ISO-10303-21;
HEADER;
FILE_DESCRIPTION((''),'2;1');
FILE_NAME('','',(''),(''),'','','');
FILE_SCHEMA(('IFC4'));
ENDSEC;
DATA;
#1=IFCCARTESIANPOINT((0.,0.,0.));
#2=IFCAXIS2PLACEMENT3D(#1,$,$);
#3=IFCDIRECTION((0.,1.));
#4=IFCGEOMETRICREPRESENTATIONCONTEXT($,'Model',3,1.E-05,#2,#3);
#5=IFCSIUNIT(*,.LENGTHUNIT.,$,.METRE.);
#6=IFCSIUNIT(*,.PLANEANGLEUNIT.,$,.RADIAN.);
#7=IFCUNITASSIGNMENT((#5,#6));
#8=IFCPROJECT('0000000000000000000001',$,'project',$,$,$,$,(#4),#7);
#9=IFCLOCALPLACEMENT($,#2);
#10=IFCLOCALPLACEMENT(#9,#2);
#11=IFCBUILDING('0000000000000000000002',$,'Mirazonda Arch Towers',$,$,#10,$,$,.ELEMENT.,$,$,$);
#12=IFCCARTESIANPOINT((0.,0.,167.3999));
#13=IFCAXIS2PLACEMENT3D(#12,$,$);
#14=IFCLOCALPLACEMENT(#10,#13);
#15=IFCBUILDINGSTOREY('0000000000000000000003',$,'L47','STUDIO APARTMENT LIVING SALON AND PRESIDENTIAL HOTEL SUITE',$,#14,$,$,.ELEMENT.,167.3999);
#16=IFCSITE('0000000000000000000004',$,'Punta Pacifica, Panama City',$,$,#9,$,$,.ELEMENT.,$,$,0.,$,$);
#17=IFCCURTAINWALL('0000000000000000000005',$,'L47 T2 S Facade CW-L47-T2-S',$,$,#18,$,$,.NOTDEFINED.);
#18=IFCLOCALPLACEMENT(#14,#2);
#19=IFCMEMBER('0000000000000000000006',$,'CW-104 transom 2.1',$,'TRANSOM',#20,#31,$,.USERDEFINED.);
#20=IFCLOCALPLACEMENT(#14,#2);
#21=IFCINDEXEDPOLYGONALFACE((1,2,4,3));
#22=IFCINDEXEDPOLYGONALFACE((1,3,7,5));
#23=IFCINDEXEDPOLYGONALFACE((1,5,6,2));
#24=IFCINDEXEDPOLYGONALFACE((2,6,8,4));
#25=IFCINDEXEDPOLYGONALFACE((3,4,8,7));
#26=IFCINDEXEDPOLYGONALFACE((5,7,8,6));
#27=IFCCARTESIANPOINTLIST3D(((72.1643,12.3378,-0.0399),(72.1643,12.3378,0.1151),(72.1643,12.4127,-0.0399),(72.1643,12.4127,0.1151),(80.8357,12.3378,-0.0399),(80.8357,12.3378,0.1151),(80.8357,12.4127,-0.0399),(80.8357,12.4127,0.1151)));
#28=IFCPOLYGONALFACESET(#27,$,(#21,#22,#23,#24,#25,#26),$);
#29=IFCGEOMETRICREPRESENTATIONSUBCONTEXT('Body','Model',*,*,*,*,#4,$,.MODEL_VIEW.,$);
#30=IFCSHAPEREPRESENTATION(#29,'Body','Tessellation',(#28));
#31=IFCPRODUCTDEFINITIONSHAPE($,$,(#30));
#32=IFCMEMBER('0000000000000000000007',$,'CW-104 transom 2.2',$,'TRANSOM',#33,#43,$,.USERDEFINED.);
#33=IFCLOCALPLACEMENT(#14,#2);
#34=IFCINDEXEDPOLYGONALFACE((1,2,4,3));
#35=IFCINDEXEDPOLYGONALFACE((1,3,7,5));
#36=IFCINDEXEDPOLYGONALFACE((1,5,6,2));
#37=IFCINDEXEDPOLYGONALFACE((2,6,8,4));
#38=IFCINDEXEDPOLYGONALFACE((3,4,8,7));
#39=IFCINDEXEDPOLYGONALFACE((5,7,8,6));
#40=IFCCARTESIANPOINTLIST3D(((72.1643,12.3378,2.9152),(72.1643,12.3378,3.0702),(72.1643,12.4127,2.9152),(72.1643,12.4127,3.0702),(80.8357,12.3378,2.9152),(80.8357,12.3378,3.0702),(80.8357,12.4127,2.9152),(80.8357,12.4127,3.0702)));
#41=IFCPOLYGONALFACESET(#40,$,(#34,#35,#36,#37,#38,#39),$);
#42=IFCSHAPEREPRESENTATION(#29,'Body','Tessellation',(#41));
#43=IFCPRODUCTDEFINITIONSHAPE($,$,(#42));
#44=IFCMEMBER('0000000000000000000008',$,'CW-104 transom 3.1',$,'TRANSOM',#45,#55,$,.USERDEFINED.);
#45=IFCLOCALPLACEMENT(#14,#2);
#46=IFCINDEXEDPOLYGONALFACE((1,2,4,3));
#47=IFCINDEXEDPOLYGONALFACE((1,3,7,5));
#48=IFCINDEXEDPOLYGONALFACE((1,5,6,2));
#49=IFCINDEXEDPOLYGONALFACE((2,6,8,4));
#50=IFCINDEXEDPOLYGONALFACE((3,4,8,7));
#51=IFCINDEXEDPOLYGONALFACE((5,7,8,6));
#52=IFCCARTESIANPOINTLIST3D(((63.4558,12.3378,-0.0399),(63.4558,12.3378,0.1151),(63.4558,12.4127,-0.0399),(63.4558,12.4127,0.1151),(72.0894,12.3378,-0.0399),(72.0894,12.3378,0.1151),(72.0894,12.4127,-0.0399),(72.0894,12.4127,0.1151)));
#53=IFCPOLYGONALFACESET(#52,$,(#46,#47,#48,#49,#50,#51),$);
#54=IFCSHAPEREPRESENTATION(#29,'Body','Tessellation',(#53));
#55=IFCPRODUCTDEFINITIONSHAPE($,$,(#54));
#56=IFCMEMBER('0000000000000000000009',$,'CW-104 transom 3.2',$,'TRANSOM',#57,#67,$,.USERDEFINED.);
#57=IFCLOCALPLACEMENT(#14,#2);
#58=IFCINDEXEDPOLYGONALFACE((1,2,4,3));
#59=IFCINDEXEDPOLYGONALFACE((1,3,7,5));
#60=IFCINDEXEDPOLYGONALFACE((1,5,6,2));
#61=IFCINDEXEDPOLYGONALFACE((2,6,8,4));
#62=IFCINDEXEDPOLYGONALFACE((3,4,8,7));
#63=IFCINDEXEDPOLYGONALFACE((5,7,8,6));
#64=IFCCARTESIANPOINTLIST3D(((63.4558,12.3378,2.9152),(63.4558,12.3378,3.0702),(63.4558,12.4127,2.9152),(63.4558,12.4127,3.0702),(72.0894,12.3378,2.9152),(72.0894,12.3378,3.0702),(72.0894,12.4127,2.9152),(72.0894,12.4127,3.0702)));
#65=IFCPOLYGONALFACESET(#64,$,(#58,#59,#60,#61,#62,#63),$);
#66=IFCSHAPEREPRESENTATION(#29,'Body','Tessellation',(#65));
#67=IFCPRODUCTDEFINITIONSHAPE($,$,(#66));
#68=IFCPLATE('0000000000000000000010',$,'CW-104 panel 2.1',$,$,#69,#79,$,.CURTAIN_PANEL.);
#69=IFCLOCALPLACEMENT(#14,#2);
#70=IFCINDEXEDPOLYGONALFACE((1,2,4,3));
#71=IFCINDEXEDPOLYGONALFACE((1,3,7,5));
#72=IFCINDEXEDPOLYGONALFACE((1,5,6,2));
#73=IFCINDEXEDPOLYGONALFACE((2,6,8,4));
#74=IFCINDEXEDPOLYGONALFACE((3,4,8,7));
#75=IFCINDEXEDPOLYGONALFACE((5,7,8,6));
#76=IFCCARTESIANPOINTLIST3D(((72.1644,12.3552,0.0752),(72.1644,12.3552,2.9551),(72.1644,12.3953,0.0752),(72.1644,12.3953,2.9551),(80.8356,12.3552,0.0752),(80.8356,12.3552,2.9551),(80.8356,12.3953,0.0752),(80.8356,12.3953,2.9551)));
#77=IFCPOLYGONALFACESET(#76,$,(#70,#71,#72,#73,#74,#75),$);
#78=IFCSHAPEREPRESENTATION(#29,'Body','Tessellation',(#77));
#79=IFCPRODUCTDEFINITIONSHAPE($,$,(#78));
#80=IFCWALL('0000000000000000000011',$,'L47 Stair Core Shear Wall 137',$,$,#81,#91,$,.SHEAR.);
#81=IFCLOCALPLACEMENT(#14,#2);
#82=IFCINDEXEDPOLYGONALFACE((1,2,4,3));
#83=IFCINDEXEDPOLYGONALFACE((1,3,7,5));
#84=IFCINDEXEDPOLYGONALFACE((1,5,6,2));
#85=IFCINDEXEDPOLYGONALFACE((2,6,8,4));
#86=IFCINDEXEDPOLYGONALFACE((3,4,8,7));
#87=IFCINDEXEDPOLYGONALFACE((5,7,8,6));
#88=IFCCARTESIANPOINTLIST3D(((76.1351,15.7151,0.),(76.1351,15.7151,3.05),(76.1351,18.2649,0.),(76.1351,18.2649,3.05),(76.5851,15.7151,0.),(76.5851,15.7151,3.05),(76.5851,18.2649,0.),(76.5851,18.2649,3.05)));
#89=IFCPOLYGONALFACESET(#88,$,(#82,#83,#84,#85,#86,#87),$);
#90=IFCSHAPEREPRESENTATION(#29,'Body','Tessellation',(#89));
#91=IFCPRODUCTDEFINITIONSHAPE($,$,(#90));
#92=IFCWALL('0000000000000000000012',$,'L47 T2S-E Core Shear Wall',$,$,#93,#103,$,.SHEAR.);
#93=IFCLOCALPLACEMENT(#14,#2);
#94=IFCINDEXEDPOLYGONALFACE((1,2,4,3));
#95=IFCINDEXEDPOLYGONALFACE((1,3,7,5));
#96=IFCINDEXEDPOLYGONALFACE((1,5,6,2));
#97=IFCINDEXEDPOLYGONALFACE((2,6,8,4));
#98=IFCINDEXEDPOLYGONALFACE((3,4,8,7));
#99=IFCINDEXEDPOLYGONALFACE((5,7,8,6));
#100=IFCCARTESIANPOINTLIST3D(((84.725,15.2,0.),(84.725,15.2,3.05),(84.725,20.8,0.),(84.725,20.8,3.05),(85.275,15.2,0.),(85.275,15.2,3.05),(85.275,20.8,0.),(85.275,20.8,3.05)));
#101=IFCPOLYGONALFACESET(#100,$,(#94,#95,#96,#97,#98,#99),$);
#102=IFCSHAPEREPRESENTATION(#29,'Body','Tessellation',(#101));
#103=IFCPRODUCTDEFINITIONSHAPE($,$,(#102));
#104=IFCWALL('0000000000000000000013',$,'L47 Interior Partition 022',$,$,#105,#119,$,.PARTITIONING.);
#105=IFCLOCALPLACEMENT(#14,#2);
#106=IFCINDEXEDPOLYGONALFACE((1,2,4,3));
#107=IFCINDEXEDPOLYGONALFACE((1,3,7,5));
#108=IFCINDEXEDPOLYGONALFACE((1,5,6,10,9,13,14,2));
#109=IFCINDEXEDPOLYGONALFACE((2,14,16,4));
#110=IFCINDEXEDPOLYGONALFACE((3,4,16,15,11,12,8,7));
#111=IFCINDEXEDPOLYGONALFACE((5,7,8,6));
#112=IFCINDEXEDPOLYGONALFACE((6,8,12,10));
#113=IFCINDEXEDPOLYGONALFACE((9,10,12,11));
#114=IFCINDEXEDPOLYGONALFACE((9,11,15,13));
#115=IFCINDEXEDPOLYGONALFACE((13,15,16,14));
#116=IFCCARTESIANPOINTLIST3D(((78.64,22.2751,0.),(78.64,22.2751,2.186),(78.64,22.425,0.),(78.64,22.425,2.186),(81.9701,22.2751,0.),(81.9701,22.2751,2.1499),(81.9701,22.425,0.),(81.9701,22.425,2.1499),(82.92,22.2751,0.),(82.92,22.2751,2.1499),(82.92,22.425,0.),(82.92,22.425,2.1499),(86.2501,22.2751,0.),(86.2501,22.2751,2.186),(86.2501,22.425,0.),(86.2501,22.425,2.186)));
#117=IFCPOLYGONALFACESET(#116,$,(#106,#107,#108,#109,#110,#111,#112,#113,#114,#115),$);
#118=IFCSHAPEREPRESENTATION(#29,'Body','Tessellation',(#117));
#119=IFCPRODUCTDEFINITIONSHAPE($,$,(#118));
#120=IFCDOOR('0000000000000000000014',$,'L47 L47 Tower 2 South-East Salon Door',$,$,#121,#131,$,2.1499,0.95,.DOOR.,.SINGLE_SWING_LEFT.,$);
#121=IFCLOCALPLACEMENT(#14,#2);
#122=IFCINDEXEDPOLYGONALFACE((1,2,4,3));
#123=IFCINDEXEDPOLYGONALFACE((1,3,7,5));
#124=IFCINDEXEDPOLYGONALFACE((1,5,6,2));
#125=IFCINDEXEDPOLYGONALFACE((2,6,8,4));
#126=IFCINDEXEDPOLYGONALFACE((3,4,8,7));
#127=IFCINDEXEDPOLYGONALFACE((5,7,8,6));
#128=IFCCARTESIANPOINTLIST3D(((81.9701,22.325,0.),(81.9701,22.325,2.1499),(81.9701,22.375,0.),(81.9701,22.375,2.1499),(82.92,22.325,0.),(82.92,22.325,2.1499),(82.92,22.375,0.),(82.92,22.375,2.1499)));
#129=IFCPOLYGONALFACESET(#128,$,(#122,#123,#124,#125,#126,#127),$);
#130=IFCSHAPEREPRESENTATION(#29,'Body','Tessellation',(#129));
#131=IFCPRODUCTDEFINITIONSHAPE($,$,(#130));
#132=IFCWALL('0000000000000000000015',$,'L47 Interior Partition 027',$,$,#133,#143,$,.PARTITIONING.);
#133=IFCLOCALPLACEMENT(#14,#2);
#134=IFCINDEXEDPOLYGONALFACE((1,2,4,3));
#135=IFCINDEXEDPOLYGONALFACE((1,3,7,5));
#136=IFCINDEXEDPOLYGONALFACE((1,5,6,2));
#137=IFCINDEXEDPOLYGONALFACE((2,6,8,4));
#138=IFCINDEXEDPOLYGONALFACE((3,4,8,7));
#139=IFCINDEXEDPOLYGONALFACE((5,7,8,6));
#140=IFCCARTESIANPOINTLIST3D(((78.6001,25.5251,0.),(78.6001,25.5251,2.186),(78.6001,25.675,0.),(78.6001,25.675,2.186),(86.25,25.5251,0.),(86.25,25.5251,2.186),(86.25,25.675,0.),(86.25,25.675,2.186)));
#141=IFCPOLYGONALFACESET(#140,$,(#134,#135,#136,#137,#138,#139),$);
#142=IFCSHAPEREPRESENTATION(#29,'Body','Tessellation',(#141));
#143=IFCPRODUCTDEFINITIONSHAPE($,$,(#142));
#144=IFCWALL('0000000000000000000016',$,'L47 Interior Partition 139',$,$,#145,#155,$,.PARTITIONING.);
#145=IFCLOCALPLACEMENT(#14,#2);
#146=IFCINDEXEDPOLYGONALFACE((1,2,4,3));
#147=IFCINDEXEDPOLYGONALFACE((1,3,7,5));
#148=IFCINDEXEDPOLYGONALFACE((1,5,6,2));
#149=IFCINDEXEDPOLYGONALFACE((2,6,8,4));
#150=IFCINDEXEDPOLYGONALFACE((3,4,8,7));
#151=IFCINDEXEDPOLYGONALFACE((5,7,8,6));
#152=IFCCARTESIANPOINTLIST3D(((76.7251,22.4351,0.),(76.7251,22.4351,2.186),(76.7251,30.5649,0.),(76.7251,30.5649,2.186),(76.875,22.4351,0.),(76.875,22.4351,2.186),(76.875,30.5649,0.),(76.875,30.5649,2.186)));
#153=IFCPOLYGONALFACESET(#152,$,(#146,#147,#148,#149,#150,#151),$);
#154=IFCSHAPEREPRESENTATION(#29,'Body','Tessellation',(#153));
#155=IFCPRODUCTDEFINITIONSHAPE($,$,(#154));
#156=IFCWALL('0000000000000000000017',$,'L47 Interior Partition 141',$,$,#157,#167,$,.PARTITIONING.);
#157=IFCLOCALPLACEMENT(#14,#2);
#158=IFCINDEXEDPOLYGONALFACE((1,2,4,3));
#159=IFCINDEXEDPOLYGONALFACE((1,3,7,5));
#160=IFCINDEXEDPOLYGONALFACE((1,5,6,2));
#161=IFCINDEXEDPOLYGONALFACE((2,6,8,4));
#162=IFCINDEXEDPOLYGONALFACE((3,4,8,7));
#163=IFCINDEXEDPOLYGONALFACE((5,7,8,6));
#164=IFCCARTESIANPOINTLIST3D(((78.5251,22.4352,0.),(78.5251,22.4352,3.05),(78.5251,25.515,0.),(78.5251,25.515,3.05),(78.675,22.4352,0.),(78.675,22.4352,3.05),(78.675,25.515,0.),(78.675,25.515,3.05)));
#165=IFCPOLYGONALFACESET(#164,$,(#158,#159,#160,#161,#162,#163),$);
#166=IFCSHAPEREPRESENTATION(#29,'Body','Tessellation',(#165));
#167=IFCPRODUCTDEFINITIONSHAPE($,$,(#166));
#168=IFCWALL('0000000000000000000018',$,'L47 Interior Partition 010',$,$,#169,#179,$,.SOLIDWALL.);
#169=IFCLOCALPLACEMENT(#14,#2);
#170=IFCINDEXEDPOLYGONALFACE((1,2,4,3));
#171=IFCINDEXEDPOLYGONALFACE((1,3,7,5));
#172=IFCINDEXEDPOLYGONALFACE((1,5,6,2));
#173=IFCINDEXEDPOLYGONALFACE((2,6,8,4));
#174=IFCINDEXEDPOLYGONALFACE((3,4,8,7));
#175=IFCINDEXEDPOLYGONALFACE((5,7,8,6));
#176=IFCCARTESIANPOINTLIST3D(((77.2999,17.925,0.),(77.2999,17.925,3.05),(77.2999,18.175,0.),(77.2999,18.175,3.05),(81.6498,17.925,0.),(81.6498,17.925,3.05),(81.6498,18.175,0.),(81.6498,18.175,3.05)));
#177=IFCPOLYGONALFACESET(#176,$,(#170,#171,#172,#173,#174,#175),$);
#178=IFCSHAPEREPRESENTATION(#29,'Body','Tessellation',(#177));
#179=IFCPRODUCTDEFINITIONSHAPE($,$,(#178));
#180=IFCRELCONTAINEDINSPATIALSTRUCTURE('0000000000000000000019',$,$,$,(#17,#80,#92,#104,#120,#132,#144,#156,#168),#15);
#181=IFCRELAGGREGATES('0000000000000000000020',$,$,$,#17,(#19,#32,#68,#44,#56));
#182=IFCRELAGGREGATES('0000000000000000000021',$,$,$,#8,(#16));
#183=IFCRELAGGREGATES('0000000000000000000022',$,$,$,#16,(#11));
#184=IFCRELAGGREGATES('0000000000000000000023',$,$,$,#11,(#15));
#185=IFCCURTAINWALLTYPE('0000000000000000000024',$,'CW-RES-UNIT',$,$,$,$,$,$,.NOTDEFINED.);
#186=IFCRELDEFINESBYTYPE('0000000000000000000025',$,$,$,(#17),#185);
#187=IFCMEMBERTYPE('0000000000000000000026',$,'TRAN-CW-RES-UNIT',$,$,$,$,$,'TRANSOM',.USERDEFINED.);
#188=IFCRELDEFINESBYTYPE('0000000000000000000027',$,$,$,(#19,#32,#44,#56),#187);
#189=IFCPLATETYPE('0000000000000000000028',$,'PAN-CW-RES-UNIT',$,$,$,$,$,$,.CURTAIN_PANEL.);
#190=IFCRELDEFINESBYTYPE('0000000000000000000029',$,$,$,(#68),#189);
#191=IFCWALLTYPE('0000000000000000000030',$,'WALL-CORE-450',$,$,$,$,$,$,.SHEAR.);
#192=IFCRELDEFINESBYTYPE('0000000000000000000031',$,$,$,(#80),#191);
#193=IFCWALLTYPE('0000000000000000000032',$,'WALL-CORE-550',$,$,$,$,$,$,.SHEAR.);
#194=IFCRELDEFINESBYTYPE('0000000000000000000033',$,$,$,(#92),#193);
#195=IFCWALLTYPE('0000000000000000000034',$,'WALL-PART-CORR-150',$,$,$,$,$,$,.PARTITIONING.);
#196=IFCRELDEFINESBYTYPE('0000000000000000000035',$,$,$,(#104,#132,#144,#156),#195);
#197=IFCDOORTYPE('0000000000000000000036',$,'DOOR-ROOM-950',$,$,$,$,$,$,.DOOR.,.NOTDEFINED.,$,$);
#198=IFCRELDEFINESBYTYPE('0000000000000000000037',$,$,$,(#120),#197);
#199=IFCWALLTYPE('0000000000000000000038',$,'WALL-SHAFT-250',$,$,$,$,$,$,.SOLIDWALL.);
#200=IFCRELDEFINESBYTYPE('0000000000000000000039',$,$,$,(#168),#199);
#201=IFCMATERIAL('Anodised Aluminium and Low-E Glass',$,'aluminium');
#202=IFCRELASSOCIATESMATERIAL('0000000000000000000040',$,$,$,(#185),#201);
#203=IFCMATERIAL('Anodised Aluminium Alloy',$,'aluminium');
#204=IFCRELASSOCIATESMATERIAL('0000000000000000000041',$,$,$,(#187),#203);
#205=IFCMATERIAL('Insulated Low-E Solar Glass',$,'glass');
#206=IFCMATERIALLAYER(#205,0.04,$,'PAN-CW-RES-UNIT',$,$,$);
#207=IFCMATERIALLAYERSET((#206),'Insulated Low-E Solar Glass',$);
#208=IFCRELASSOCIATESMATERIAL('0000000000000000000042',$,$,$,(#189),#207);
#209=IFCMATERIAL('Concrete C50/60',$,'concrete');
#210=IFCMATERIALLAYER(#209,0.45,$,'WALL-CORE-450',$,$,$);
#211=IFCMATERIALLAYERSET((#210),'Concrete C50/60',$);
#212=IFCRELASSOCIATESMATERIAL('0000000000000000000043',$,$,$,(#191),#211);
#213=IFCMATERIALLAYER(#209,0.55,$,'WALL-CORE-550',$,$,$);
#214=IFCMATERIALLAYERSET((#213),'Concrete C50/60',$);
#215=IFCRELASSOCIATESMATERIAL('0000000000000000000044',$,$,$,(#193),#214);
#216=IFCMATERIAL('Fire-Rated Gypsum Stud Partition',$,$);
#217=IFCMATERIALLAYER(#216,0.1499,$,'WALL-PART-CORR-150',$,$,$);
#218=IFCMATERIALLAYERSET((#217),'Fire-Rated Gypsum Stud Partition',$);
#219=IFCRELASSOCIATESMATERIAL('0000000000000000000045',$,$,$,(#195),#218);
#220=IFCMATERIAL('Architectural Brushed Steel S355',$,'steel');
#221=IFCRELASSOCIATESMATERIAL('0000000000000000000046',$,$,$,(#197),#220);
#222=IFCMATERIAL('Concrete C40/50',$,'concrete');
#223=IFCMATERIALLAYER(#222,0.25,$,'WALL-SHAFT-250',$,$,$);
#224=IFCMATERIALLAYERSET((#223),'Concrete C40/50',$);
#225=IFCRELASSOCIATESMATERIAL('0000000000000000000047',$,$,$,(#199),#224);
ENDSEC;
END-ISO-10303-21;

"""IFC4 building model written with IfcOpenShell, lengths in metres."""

from ifc_helpers import new_model, si_unit, direction, frame, frame_2d, origin, origin_2d, place, context, subcontext, project, spatial, rectangle, extrude, material, layer, layer_set, material_profile, profile_set, type_object, element, fill, aggregate, save


model = new_model("IFC4")

# Units and contexts
model_context = context("Model", 3, precision=1e-05, world=origin(), true_north=direction((0.0, 1.0)))
body_context = subcontext(model_context, "Body", "Model", "MODEL_VIEW")
ifc_project = project(units=[si_unit("LENGTHUNIT", "METRE"), si_unit("PLANEANGLEUNIT", "RADIAN")], contexts=[model_context])

# Site, building, storey
site_placement = place(None, origin())
site = spatial("IfcSite", under=ifc_project, at=site_placement, Name="Punta Pacifica, Panama City", CompositionType="ELEMENT", RefElevation=0.0)
building_placement = place(site_placement, origin())
building = spatial("IfcBuilding", under=site, at=building_placement, Name="Mirazonda Arch Towers", CompositionType="ELEMENT")
storey_placement = place(building_placement, frame((0.0, 0.0, 167.3999)))
storey = spatial("IfcBuildingStorey", under=building, at=storey_placement, Name="L47", Description="STUDIO APARTMENT LIVING SALON AND PRESIDENTIAL HOTEL SUITE", CompositionType="ELEMENT", Elevation=167.3999)

# Shared definitions
ifc_material_1 = material(Name="Concrete C50/60", Category="concrete")

# Curtain wall, members, plate
ifc_material_2 = material(Name="Anodised Aluminium and Low-E Glass", Category="aluminium")
curtain_wall_type = type_object("IfcCurtainWallType", Name="CW-RES-UNIT", PredefinedType="NOTDEFINED", material=ifc_material_2)
curtain_wall_placement = place(storey_placement, origin())
curtain_wall = element("IfcCurtainWall", 1, at=curtain_wall_placement, inside=storey, type_object=curtain_wall_type, Name="L47 T2 S Facade CW-L47-T2-S", PredefinedType="NOTDEFINED")
ifc_material_3 = material(Name="Anodised Aluminium Alloy", Category="aluminium")
ifc_material_profile_1 = material_profile(ifc_material_3, rectangle(XDim=0.075, YDim=0.155, at=origin_2d()), Name="ALU-TRAN-75x155")
ifc_profile_set_1 = profile_set([ifc_material_profile_1], Name="Anodised Aluminium Alloy")
member_type_1 = type_object("IfcMemberType", Name="TRAN-CW-RES-UNIT", ElementType="TRANSOM", PredefinedType="USERDEFINED", material=ifc_profile_set_1)
member_1_placement = place(storey_placement, frame((80.8357, 12.3752, 0.0376), z_axis=(-1.0, 0.0, 0.0), x_axis=(0.0, -1.0, 0.0)))
member_1 = element("IfcMember", 2, at=member_1_placement, type_object=member_type_1, Name="CW-104 transom 2.1", ObjectType="TRANSOM", PredefinedType="USERDEFINED", context=body_context, shape_type="SweptSolid", body=[
    extrude(rectangle(XDim=0.075, YDim=0.155, at=origin_2d()), origin(), (0.0, 0.0, 1.0), 8.6714),
])
member_2_placement = place(storey_placement, frame((80.8357, 12.3752, 2.9927), z_axis=(-1.0, 0.0, 0.0), x_axis=(0.0, -1.0, 0.0)))
member_2 = element("IfcMember", 3, at=member_2_placement, type_object=member_type_1, Name="CW-104 transom 2.2", ObjectType="TRANSOM", PredefinedType="USERDEFINED", context=body_context, shape_type="SweptSolid", body=[
    extrude(rectangle(XDim=0.075, YDim=0.155, at=origin_2d()), origin(), (0.0, 0.0, 1.0), 8.6714),
])
member_3_placement = place(storey_placement, frame((72.0894, 12.3752, 0.0376), z_axis=(-1.0, 0.0, 0.0), x_axis=(0.0, -1.0, 0.0)))
member_3 = element("IfcMember", 4, at=member_3_placement, type_object=member_type_1, Name="CW-104 transom 3.1", ObjectType="TRANSOM", PredefinedType="USERDEFINED", context=body_context, shape_type="SweptSolid", body=[
    extrude(rectangle(XDim=0.075, YDim=0.155, at=origin_2d()), origin(), (0.0, 0.0, 1.0), 8.6335),
])
member_4_placement = place(storey_placement, frame((72.0894, 12.3752, 2.9927), z_axis=(-1.0, 0.0, 0.0), x_axis=(0.0, -1.0, 0.0)))
member_4 = element("IfcMember", 5, at=member_4_placement, type_object=member_type_1, Name="CW-104 transom 3.2", ObjectType="TRANSOM", PredefinedType="USERDEFINED", context=body_context, shape_type="SweptSolid", body=[
    extrude(rectangle(XDim=0.075, YDim=0.155, at=origin_2d()), origin(), (0.0, 0.0, 1.0), 8.6335),
])
ifc_material_4 = material(Name="Insulated Low-E Solar Glass", Category="glass")
ifc_layer_1 = layer(ifc_material_4, 0.04, Name="PAN-CW-RES-UNIT")
ifc_layer_set_1 = layer_set([ifc_layer_1], Name="Insulated Low-E Solar Glass")
plate_type = type_object("IfcPlateType", Name="PAN-CW-RES-UNIT", PredefinedType="CURTAIN_PANEL", material=ifc_layer_set_1)
plate_placement = place(storey_placement, frame((76.5, 12.3752, 0.0752), z_axis=(0.0, 0.0, 1.0), x_axis=(-1.0, 0.0, 0.0)))
plate = element("IfcPlate", 6, at=plate_placement, type_object=plate_type, Name="CW-104 panel 2.1", PredefinedType="CURTAIN_PANEL", context=body_context, shape_type="SweptSolid", body=[
    extrude(rectangle(XDim=8.6711, YDim=0.04, at=origin_2d()), origin(), (0.0, 0.0, 1.0), 2.8799),
])
aggregate(curtain_wall, [member_1, member_2, plate, member_3, member_4])

# Walls
ifc_layer_2 = layer(ifc_material_1, 0.45, Name="WALL-CORE-450")
ifc_layer_set_2 = layer_set([ifc_layer_2], Name="Concrete C50/60")
wall_type_1 = type_object("IfcWallType", Name="WALL-CORE-450", PredefinedType="SHEAR", material=ifc_layer_set_2)
wall_1_placement = place(storey_placement, frame((76.3601, 15.7151, 0.0), z_axis=(0.0, 0.0, 1.0), x_axis=(0.0, 1.0, 0.0)))
element("IfcWall", 7, at=wall_1_placement, inside=storey, type_object=wall_type_1, Name="L47 Stair Core Shear Wall 137", PredefinedType="SHEAR", context=body_context, shape_type="SweptSolid", body=[
    extrude(rectangle(XDim=2.5498, YDim=0.45, at=frame_2d((1.2749, 0.0))), origin(), (0.0, 0.0, 1.0), 3.05),
])
ifc_layer_3 = layer(ifc_material_1, 0.55, Name="WALL-CORE-550")
ifc_layer_set_3 = layer_set([ifc_layer_3], Name="Concrete C50/60")
wall_type_2 = type_object("IfcWallType", Name="WALL-CORE-550", PredefinedType="SHEAR", material=ifc_layer_set_3)
wall_2_placement = place(storey_placement, frame((85.0, 15.2, 0.0), z_axis=(0.0, 0.0, 1.0), x_axis=(0.0, 1.0, 0.0)))
element("IfcWall", 8, at=wall_2_placement, inside=storey, type_object=wall_type_2, Name="L47 T2S-E Core Shear Wall", PredefinedType="SHEAR", context=body_context, shape_type="SweptSolid", body=[
    extrude(rectangle(XDim=5.6001, YDim=0.55, at=frame_2d((2.8, 0.0))), origin(), (0.0, 0.0, 1.0), 3.05),
])

# Wall, opening, door
ifc_material_5 = material(Name="Fire-Rated Gypsum Stud Partition")
ifc_layer_4 = layer(ifc_material_5, 0.1499, Name="WALL-PART-CORR-150")
ifc_layer_set_4 = layer_set([ifc_layer_4], Name="Fire-Rated Gypsum Stud Partition")
wall_type_3 = type_object("IfcWallType", Name="WALL-PART-CORR-150", PredefinedType="PARTITIONING", material=ifc_layer_set_4)
wall_3_placement = place(storey_placement, frame((78.6399, 22.3501, 0.0), z_axis=(0.0, 0.0, 1.0), x_axis=(1.0, 0.0, 0.0)))
wall_3 = element("IfcWall", 9, at=wall_3_placement, inside=storey, type_object=wall_type_3, Name="L47 Interior Partition 022", PredefinedType="PARTITIONING", context=body_context, shape_type="SweptSolid", body=[
    extrude(rectangle(XDim=7.6101, YDim=0.1499, at=frame_2d((3.8052, 0.0))), origin(), (0.0, 0.0, 1.0), 2.186),
])
opening_placement = place(wall_3_placement, frame((3.3301, 0.0, 0.0)))
opening = element("IfcOpeningElement", 10, at=opening_placement, cuts=wall_3, PredefinedType="OPENING", context=body_context, shape_type="SweptSolid", body=[
    extrude(rectangle(XDim=0.95, YDim=2.1499, at=frame_2d((0.4751, 1.075))), frame((0.0, 0.085, 0.0), z_axis=(0.0, -1.0, 0.0), x_axis=(1.0, 0.0, 0.0)), (0.0, 0.0, 1.0), 0.1699),
])
ifc_material_6 = material(Name="Architectural Brushed Steel S355", Category="steel")
door_type = type_object("IfcDoorType", Name="DOOR-ROOM-950", OperationType="NOTDEFINED", PredefinedType="DOOR", material=ifc_material_6)
door_placement = place(opening_placement, origin())
door = element("IfcDoor", 11, at=door_placement, inside=storey, type_object=door_type, Name="L47 L47 Tower 2 South-East Salon Door", OperationType="SINGLE_SWING_LEFT", OverallHeight=2.1499, OverallWidth=0.95, PredefinedType="DOOR", context=body_context, shape_type="SweptSolid", body=[
    extrude(rectangle(XDim=0.95, YDim=2.1499, at=frame_2d((0.4751, 1.075))), frame((0.0, 0.0249, 0.0), z_axis=(0.0, -1.0, 0.0), x_axis=(1.0, 0.0, 0.0)), (0.0, 0.0, 1.0), 0.05),
])
fill(opening, door)

# Walls
wall_4_placement = place(storey_placement, frame((78.6001, 25.6001, 0.0), z_axis=(0.0, 0.0, 1.0), x_axis=(1.0, 0.0, 0.0)))
element("IfcWall", 12, at=wall_4_placement, inside=storey, type_object=wall_type_3, Name="L47 Interior Partition 027", PredefinedType="PARTITIONING", context=body_context, shape_type="SweptSolid", body=[
    extrude(rectangle(XDim=7.6499, YDim=0.1499, at=frame_2d((3.825, 0.0))), origin(), (0.0, 0.0, 1.0), 2.186),
])
wall_5_placement = place(storey_placement, frame((76.8, 22.4351, 0.0), z_axis=(0.0, 0.0, 1.0), x_axis=(0.0, 1.0, 0.0)))
element("IfcWall", 13, at=wall_5_placement, inside=storey, type_object=wall_type_3, Name="L47 Interior Partition 139", PredefinedType="PARTITIONING", context=body_context, shape_type="SweptSolid", body=[
    extrude(rectangle(XDim=8.1299, YDim=0.1499, at=frame_2d((4.0649, 0.0))), origin(), (0.0, 0.0, 1.0), 2.186),
])
wall_6_placement = place(storey_placement, frame((78.6001, 22.4351, 0.0), z_axis=(0.0, 0.0, 1.0), x_axis=(0.0, 1.0, 0.0)))
element("IfcWall", 14, at=wall_6_placement, inside=storey, type_object=wall_type_3, Name="L47 Interior Partition 141", PredefinedType="PARTITIONING", context=body_context, shape_type="SweptSolid", body=[
    extrude(rectangle(XDim=3.0798, YDim=0.1499, at=frame_2d((1.54, 0.0))), origin(), (0.0, 0.0, 1.0), 3.05),
])
ifc_material_7 = material(Name="Concrete C40/50", Category="concrete")
ifc_layer_5 = layer(ifc_material_7, 0.25, Name="WALL-SHAFT-250")
ifc_layer_set_5 = layer_set([ifc_layer_5], Name="Concrete C40/50")
wall_type_4 = type_object("IfcWallType", Name="WALL-SHAFT-250", PredefinedType="SOLIDWALL", material=ifc_layer_set_5)
wall_7_placement = place(storey_placement, frame((77.3, 18.05, 0.0), z_axis=(0.0, 0.0, 1.0), x_axis=(1.0, 0.0, 0.0)))
element("IfcWall", 15, at=wall_7_placement, inside=storey, type_object=wall_type_4, Name="L47 Interior Partition 010", PredefinedType="SOLIDWALL", context=body_context, shape_type="SweptSolid", body=[
    extrude(rectangle(XDim=4.3499, YDim=0.25, at=frame_2d((2.1748, 0.0))), origin(), (0.0, 0.0, 1.0), 3.05),
])

save(model, "model.ifc")
